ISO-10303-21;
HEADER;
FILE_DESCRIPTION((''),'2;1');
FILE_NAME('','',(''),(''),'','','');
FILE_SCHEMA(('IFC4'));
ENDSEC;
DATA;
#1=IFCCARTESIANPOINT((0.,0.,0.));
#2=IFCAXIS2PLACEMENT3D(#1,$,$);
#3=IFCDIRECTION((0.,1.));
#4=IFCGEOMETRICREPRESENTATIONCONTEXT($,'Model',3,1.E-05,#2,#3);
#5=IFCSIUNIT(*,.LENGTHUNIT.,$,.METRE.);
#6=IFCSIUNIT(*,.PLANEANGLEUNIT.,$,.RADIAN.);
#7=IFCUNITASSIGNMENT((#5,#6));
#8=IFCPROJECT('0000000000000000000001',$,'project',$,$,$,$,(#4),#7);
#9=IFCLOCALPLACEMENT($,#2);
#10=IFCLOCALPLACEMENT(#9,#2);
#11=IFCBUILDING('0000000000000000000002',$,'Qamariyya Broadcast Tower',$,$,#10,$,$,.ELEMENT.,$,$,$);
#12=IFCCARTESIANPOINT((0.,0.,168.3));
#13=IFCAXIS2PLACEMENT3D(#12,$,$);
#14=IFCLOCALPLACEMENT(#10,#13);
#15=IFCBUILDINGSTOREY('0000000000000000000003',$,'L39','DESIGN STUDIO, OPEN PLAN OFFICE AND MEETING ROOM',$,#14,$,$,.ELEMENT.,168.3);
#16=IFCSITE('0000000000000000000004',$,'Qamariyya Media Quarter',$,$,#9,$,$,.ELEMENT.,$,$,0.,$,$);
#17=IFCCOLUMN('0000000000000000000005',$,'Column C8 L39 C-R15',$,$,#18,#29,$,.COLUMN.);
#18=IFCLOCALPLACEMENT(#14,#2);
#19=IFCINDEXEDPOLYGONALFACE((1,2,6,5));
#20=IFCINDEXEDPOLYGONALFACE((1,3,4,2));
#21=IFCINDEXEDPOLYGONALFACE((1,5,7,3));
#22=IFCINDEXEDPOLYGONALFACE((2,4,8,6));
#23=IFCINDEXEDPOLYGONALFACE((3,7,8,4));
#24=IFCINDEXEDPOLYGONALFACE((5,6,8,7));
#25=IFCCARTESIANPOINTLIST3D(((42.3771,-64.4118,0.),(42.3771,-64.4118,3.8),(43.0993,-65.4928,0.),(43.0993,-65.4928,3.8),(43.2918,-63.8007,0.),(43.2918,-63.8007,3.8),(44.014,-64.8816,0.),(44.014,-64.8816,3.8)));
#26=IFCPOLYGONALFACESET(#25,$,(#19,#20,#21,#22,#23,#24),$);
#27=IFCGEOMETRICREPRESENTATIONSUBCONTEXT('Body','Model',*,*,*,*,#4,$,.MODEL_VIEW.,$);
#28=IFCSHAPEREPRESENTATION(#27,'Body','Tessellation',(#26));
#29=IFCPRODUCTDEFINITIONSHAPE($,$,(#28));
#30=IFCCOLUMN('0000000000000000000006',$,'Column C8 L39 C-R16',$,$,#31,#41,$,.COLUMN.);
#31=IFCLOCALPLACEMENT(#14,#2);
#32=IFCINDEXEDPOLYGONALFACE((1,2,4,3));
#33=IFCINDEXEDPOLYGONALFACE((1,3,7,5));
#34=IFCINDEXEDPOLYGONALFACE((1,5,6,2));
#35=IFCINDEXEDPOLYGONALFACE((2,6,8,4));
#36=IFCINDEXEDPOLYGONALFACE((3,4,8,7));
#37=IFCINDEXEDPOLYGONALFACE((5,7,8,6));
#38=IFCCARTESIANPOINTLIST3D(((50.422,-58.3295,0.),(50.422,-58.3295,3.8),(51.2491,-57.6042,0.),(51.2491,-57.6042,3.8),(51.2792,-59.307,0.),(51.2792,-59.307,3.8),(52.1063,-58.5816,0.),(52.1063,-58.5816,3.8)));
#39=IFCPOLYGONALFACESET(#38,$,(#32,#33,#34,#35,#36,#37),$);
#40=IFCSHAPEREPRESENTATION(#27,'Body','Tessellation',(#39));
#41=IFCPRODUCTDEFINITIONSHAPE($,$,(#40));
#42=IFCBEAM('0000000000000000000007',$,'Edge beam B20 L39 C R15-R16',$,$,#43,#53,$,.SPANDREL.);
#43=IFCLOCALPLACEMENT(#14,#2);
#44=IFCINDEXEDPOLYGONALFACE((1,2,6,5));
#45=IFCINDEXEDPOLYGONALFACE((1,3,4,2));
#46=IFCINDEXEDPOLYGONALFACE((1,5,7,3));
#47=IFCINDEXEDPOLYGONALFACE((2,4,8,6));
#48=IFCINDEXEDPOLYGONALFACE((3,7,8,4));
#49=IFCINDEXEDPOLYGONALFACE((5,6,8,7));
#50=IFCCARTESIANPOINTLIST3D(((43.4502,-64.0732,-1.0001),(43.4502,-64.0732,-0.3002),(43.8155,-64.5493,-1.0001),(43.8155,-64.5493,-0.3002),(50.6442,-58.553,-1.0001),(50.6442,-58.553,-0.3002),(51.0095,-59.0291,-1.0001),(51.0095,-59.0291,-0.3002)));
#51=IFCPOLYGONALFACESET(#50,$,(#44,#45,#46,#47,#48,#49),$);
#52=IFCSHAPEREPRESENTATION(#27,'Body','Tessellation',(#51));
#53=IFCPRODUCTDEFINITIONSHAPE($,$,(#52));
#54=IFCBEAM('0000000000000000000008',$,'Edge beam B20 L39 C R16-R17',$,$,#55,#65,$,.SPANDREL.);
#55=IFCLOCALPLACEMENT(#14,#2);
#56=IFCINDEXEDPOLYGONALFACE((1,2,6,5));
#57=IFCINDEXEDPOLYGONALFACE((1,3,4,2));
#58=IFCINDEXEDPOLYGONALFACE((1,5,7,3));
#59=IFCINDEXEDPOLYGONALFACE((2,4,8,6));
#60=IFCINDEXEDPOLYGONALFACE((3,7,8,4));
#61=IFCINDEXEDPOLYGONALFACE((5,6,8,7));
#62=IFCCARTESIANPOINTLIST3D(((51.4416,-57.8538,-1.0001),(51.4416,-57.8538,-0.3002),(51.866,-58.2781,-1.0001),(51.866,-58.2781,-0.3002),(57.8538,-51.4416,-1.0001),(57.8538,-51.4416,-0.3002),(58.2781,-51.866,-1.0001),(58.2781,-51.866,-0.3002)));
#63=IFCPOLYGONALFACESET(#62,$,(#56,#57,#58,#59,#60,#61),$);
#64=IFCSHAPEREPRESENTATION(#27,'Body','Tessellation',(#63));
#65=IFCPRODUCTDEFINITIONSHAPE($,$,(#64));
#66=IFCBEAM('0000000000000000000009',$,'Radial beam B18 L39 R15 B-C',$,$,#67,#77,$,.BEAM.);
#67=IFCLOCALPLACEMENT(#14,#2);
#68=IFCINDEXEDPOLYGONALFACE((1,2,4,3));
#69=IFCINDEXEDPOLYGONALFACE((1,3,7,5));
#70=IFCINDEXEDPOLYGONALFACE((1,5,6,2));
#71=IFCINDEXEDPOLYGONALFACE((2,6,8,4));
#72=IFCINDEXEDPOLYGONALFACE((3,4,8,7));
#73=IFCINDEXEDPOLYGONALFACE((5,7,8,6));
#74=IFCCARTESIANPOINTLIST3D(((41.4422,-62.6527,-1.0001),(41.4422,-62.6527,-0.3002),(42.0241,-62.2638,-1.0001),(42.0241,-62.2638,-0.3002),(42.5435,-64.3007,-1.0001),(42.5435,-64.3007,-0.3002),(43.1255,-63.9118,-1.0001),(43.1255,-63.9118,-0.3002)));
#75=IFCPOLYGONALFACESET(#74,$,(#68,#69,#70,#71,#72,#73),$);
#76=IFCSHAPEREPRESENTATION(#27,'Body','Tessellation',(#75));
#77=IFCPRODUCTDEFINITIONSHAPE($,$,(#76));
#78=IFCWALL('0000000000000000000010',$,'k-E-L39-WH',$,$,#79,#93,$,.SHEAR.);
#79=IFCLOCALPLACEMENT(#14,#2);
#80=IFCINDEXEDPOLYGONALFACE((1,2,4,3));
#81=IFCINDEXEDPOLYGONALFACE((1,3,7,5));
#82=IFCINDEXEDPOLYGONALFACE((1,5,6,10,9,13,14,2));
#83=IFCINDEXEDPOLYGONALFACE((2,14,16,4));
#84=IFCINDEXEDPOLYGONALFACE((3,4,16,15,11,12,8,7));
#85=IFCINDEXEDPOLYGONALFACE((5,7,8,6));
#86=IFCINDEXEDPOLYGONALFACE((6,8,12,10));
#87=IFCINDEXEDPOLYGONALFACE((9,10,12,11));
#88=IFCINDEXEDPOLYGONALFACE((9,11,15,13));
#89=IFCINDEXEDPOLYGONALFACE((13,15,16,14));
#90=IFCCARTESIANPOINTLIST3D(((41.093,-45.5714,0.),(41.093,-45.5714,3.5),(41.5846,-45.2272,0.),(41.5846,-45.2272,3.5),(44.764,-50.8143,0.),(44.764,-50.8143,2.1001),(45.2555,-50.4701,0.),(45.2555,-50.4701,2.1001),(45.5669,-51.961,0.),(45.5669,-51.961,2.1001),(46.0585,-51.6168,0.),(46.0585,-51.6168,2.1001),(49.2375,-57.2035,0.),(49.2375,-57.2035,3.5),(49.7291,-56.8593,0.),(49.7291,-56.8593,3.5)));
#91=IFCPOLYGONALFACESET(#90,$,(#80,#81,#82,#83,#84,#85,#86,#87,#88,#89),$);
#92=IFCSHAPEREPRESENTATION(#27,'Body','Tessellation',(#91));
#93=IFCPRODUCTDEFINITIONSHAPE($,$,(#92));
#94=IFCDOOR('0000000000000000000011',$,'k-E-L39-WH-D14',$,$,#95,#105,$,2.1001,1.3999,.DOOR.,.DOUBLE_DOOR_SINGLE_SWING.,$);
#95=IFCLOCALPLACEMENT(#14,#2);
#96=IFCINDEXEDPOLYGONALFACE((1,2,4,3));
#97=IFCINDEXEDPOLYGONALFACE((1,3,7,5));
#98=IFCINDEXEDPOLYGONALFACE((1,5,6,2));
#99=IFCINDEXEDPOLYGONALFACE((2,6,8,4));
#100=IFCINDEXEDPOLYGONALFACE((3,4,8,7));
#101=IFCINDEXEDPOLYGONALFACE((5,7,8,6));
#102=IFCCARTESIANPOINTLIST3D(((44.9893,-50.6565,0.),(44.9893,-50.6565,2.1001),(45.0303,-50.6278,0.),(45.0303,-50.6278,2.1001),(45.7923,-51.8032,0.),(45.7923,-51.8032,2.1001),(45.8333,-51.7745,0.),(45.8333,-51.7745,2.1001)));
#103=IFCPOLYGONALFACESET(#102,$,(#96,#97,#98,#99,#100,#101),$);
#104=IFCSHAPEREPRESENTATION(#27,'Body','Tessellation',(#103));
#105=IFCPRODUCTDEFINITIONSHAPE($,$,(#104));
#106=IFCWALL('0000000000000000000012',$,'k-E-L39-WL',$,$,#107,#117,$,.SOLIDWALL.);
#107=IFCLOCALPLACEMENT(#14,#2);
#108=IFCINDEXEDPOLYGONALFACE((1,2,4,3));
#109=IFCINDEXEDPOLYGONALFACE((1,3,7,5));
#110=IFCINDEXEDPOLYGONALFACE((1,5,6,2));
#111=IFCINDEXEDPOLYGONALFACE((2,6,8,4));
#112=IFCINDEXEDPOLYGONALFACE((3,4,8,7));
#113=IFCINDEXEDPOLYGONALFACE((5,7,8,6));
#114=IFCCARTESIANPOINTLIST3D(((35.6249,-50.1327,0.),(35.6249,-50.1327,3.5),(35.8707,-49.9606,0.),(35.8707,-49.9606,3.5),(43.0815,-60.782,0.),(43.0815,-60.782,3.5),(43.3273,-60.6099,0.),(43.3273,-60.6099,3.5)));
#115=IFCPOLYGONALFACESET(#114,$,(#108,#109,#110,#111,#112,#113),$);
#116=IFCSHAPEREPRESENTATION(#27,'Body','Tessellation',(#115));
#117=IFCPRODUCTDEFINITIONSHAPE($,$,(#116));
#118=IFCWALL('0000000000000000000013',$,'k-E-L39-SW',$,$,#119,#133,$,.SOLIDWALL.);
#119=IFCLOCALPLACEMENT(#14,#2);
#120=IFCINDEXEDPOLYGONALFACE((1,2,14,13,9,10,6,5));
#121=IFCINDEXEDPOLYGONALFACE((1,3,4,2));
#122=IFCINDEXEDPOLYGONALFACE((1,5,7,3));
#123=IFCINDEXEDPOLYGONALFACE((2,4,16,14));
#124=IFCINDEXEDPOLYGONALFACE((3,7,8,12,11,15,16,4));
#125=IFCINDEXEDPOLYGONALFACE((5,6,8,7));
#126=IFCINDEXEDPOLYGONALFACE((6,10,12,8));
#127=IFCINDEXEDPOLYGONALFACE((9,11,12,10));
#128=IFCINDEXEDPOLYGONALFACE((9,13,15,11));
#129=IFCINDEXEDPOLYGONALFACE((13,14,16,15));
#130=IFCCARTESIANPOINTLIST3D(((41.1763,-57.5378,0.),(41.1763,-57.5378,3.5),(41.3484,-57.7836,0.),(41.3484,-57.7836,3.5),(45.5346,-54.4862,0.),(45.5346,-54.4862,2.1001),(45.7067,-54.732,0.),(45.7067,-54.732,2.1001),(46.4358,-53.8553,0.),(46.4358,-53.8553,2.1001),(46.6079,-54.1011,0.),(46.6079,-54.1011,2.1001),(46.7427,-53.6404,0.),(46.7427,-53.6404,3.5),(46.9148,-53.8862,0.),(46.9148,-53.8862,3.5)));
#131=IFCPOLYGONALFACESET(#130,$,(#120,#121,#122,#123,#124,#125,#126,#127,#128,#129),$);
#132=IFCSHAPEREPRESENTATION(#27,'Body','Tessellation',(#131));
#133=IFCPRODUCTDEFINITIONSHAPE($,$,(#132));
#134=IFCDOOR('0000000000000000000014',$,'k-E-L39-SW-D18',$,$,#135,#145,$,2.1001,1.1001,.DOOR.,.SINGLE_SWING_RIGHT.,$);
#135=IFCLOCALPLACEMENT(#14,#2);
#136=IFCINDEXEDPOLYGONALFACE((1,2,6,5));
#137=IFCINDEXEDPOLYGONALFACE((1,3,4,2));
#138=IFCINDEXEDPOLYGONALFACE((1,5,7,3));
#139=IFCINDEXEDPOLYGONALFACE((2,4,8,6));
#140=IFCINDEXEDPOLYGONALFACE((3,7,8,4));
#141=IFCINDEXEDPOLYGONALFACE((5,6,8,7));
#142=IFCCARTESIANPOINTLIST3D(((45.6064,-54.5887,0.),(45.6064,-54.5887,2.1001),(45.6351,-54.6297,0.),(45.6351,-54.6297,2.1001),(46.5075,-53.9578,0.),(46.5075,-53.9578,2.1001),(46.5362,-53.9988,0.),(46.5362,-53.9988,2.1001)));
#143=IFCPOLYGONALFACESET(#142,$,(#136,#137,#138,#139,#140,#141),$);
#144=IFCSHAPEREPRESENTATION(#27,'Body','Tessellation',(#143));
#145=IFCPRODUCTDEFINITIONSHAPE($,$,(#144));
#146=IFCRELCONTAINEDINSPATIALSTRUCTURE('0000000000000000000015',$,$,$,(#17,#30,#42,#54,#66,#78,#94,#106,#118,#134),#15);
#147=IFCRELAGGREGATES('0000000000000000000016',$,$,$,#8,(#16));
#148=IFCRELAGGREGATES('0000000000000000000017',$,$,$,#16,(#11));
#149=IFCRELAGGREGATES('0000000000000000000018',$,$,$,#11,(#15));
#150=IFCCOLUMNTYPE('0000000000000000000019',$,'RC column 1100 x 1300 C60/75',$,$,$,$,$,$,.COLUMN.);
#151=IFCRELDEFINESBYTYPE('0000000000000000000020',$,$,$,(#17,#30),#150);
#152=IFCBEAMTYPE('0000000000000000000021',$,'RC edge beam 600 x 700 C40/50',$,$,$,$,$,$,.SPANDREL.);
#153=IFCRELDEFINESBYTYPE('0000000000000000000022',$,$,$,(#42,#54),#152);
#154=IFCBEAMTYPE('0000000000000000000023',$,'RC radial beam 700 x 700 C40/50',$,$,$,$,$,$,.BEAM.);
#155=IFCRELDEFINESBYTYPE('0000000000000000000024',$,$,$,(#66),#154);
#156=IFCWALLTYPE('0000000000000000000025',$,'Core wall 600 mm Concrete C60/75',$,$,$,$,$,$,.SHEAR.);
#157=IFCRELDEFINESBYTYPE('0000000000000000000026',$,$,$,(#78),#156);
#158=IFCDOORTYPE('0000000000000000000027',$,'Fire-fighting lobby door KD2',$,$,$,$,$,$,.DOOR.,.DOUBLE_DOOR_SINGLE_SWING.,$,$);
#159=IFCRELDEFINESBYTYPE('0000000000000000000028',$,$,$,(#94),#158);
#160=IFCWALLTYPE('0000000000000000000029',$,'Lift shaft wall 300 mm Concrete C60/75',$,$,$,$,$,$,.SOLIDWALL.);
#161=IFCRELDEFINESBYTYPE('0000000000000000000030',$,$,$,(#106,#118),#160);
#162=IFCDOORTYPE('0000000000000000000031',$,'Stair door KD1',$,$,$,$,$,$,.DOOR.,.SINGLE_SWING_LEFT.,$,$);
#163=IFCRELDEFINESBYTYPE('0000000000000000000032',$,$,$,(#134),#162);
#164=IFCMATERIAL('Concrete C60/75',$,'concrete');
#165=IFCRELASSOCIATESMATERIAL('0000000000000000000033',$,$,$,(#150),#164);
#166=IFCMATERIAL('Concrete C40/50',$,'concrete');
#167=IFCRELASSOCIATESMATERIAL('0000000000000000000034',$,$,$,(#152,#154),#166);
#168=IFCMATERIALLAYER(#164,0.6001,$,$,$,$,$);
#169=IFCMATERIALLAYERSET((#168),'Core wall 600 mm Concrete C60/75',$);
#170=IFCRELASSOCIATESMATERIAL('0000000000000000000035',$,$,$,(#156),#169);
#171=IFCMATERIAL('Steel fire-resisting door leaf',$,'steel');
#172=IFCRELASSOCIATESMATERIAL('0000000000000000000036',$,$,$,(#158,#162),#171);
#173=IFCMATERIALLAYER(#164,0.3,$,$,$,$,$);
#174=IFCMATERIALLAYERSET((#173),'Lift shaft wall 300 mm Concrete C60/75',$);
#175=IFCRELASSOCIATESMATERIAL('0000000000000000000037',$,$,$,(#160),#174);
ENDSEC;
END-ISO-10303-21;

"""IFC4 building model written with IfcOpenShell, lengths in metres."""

from ifc_helpers import new_model, si_unit, direction, frame, frame_2d, origin, origin_2d, place, context, subcontext, project, spatial, rectangle, extrude, material, layer, layer_set, material_profile, profile_set, type_object, element, fill, save


model = new_model("IFC4")

# Units and contexts
model_context = context("Model", 3, precision=1e-05, world=origin(), true_north=direction((0.0, 1.0)))
body_context = subcontext(model_context, "Body", "Model", "MODEL_VIEW")
ifc_project = project(units=[si_unit("LENGTHUNIT", "METRE"), si_unit("PLANEANGLEUNIT", "RADIAN")], contexts=[model_context])

# Site, building, storey
site_placement = place(None, origin())
site = spatial("IfcSite", under=ifc_project, at=site_placement, Name="Qamariyya Media Quarter", CompositionType="ELEMENT", RefElevation=0.0)
building_placement = place(site_placement, origin())
building = spatial("IfcBuilding", under=site, at=building_placement, Name="Qamariyya Broadcast Tower", CompositionType="ELEMENT")
storey_placement = place(building_placement, frame((0.0, 0.0, 168.3)))
storey = spatial("IfcBuildingStorey", under=building, at=storey_placement, Name="L39", Description="DESIGN STUDIO, OPEN PLAN OFFICE AND MEETING ROOM", CompositionType="ELEMENT", Elevation=168.3)

# Columns
ifc_material_1 = material(Name="Concrete C60/75", Category="concrete")
ifc_material_profile_1 = material_profile(ifc_material_1, rectangle(XDim=1.1001, YDim=1.3, at=origin_2d()))
ifc_profile_set_1 = profile_set([ifc_material_profile_1], Name="Concrete C60/75")
column_type = type_object("IfcColumnType", Name="RC column 1100 x 1300 C60/75", PredefinedType="COLUMN", material=ifc_profile_set_1)
for number, where, z_axis, x_axis, name in (
    (1, (43.1956, -64.6467, 0.0), (0.0, 0.0, 1.0), (0.83147, 0.55557, 0.0), "Column C8 L39 C-R15"),
    (2, (51.2642, -58.4556, 0.0), (0.0, 0.0, 1.0), (0.75184, 0.659346, 0.0), "Column C8 L39 C-R16"),
):
    element("IfcColumn", number, at=place(storey_placement, frame(where, z_axis=z_axis, x_axis=x_axis)), inside=storey, type_object=column_type, Name=name, PredefinedType="COLUMN", context=body_context, shape_type="SweptSolid", body=[
        extrude(rectangle(XDim=1.1001, YDim=1.3, at=origin_2d()), origin(), (0.0, 0.0, 1.0), 3.8),
    ])

# Beams
ifc_material_2 = material(Name="Concrete C40/50", Category="concrete")
ifc_material_profile_2 = material_profile(ifc_material_2, rectangle(XDim=0.6001, YDim=0.7, at=origin_2d()))
ifc_profile_set_2 = profile_set([ifc_material_profile_2], Name="Concrete C40/50")
beam_type_1 = type_object("IfcBeamType", Name="RC edge beam 600 x 700 C40/50", PredefinedType="SPANDREL", material=ifc_profile_set_2)
beam_1_placement = place(storey_placement, frame((43.6328, -64.3113, -0.6501), z_axis=(0.793351, 0.608764, 0.0), x_axis=(-0.608764, 0.793351, 0.0)))
element("IfcBeam", 3, at=beam_1_placement, inside=storey, type_object=beam_type_1, Name="Edge beam B20 L39 C R15-R16", PredefinedType="SPANDREL", context=body_context, shape_type="SweptSolid", body=[
    extrude(rectangle(XDim=0.6001, YDim=0.7, at=origin_2d()), origin(), (0.0, 0.0, 1.0), 9.0679),
])
beam_2_placement = place(storey_placement, frame((51.6538, -58.0659, -0.6501), z_axis=(0.707107, 0.707107, 0.0), x_axis=(-0.707107, 0.707107, 0.0)))
element("IfcBeam", 4, at=beam_2_placement, inside=storey, type_object=beam_type_1, Name="Edge beam B20 L39 C R16-R17", PredefinedType="SPANDREL", context=body_context, shape_type="SweptSolid", body=[
    extrude(rectangle(XDim=0.6001, YDim=0.7, at=origin_2d()), origin(), (0.0, 0.0, 1.0), 9.0681),
])
ifc_material_profile_3 = material_profile(ifc_material_2, rectangle(XDim=0.7, YDim=0.7, at=origin_2d()))
ifc_profile_set_3 = profile_set([ifc_material_profile_3], Name="Concrete C40/50")
beam_type_2 = type_object("IfcBeamType", Name="RC radial beam 700 x 700 C40/50", PredefinedType="BEAM", material=ifc_profile_set_3)
beam_3_placement = place(storey_placement, frame((41.7332, -62.4583, -0.6501), z_axis=(0.555638, -0.831424, 0.0), x_axis=(0.831424, 0.555638, 0.0)))
element("IfcBeam", 5, at=beam_3_placement, inside=storey, type_object=beam_type_2, Name="Radial beam B18 L39 R15 B-C", PredefinedType="BEAM", context=body_context, shape_type="SweptSolid", body=[
    extrude(rectangle(XDim=0.7, YDim=0.7, at=origin_2d()), origin(), (0.0, 0.0, 1.0), 1.9822),
])

# Wall, opening, door
ifc_layer_1 = layer(ifc_material_1, 0.6001)
ifc_layer_set_1 = layer_set([ifc_layer_1], Name="Core wall 600 mm Concrete C60/75")
wall_type_1 = type_object("IfcWallType", Name="Core wall 600 mm Concrete C60/75", PredefinedType="SHEAR", material=ifc_layer_set_1)
wall_1_placement = place(storey_placement, frame((49.4834, -57.0315, 0.0), z_axis=(0.0, 0.0, 1.0), x_axis=(-0.57356, 0.819163, 0.0)))
wall_1 = element("IfcWall", 6, at=wall_1_placement, inside=storey, type_object=wall_type_1, Name="k-E-L39-WH", PredefinedType="SHEAR", context=body_context, shape_type="SweptSolid", body=[
    extrude(rectangle(XDim=14.2, YDim=0.6001, at=frame_2d((7.1001, 0.0))), origin(), (0.0, 0.0, 1.0), 3.5),
])
opening_1_placement = place(wall_1_placement, frame((6.3999, 0.0, 0.0)))
opening_1 = element("IfcOpeningElement", 7, at=opening_1_placement, cuts=wall_1, PredefinedType="OPENING", context=body_context, shape_type="SweptSolid", body=[
    extrude(rectangle(XDim=1.3999, YDim=2.1001, at=frame_2d((0.7, 1.05))), frame((0.0, 0.3101, 0.0), z_axis=(0.0, -1.0, 0.0), x_axis=(1.0, 0.0, 0.0)), (0.0, 0.0, 1.0), 0.6201),
])
ifc_material_3 = material(Name="Steel fire-resisting door leaf", Category="steel")
door_type_1 = type_object("IfcDoorType", Name="Fire-fighting lobby door KD2", OperationType="DOUBLE_DOOR_SINGLE_SWING", PredefinedType="DOOR", material=ifc_material_3)
door_1_placement = place(opening_1_placement, origin())
door_1 = element("IfcDoor", 8, at=door_1_placement, inside=storey, type_object=door_type_1, Name="k-E-L39-WH-D14", OperationType="DOUBLE_DOOR_SINGLE_SWING", OverallHeight=2.1001, OverallWidth=1.3999, PredefinedType="DOOR", context=body_context, shape_type="SweptSolid", body=[
    extrude(rectangle(XDim=1.3999, YDim=2.1001, at=frame_2d((0.7, 1.05))), frame((0.0, 0.0249, 0.0), z_axis=(0.0, -1.0, 0.0), x_axis=(1.0, 0.0, 0.0)), (0.0, 0.0, 1.0), 0.05),
])
fill(opening_1, door_1)

# Wall
ifc_layer_2 = layer(ifc_material_1, 0.3)
ifc_layer_set_2 = layer_set([ifc_layer_2], Name="Lift shaft wall 300 mm Concrete C60/75")
wall_type_2 = type_object("IfcWallType", Name="Lift shaft wall 300 mm Concrete C60/75", PredefinedType="SOLIDWALL", material=ifc_layer_set_2)
wall_2_placement = place(storey_placement, frame((43.2043, -60.6958, 0.0), z_axis=(0.0, 0.0, 1.0), x_axis=(-0.573572, 0.819155, 0.0)))
element("IfcWall", 9, at=wall_2_placement, inside=storey, type_object=wall_type_2, Name="k-E-L39-WL", PredefinedType="SOLIDWALL", context=body_context, shape_type="SweptSolid", body=[
    extrude(rectangle(XDim=13.0002, YDim=0.3, at=frame_2d((6.5, 0.0))), origin(), (0.0, 0.0, 1.0), 3.5),
])

# Wall, opening, door
wall_3_placement = place(storey_placement, frame((41.2625, -57.6606, 0.0), z_axis=(0.0, 0.0, 1.0), x_axis=(0.819164, 0.573559, 0.0)))
wall_3 = element("IfcWall", 10, at=wall_3_placement, inside=storey, type_object=wall_type_2, Name="k-E-L39-SW", PredefinedType="SOLIDWALL", context=body_context, shape_type="SweptSolid", body=[
    extrude(rectangle(XDim=6.7952, YDim=0.3, at=frame_2d((3.3975, 0.0))), origin(), (0.0, 0.0, 1.0), 3.5),
])
opening_2_placement = place(wall_3_placement, frame((5.3203, 0.0, 0.0)))
opening_2 = element("IfcOpeningElement", 11, at=opening_2_placement, cuts=wall_3, PredefinedType="OPENING", context=body_context, shape_type="SweptSolid", body=[
    extrude(rectangle(XDim=1.1001, YDim=2.1001, at=frame_2d((0.55, 1.05))), frame((0.0, 0.1599, 0.0), z_axis=(0.0, -1.0, 0.0), x_axis=(1.0, 0.0, 0.0)), (0.0, 0.0, 1.0), 0.3201),
])
door_type_2 = type_object("IfcDoorType", Name="Stair door KD1", OperationType="SINGLE_SWING_LEFT", PredefinedType="DOOR", material=ifc_material_3)
door_2_placement = place(opening_2_placement, origin())
door_2 = element("IfcDoor", 12, at=door_2_placement, inside=storey, type_object=door_type_2, Name="k-E-L39-SW-D18", OperationType="SINGLE_SWING_RIGHT", OverallHeight=2.1001, OverallWidth=1.1001, PredefinedType="DOOR", context=body_context, shape_type="SweptSolid", body=[
    extrude(rectangle(XDim=1.1001, YDim=2.1001, at=frame_2d((0.55, 1.05))), frame((0.0, 0.0249, 0.0), z_axis=(0.0, -1.0, 0.0), x_axis=(1.0, 0.0, 0.0)), (0.0, 0.0, 1.0), 0.05),
])
fill(opening_2, door_2)

save(model, "model.ifc")
